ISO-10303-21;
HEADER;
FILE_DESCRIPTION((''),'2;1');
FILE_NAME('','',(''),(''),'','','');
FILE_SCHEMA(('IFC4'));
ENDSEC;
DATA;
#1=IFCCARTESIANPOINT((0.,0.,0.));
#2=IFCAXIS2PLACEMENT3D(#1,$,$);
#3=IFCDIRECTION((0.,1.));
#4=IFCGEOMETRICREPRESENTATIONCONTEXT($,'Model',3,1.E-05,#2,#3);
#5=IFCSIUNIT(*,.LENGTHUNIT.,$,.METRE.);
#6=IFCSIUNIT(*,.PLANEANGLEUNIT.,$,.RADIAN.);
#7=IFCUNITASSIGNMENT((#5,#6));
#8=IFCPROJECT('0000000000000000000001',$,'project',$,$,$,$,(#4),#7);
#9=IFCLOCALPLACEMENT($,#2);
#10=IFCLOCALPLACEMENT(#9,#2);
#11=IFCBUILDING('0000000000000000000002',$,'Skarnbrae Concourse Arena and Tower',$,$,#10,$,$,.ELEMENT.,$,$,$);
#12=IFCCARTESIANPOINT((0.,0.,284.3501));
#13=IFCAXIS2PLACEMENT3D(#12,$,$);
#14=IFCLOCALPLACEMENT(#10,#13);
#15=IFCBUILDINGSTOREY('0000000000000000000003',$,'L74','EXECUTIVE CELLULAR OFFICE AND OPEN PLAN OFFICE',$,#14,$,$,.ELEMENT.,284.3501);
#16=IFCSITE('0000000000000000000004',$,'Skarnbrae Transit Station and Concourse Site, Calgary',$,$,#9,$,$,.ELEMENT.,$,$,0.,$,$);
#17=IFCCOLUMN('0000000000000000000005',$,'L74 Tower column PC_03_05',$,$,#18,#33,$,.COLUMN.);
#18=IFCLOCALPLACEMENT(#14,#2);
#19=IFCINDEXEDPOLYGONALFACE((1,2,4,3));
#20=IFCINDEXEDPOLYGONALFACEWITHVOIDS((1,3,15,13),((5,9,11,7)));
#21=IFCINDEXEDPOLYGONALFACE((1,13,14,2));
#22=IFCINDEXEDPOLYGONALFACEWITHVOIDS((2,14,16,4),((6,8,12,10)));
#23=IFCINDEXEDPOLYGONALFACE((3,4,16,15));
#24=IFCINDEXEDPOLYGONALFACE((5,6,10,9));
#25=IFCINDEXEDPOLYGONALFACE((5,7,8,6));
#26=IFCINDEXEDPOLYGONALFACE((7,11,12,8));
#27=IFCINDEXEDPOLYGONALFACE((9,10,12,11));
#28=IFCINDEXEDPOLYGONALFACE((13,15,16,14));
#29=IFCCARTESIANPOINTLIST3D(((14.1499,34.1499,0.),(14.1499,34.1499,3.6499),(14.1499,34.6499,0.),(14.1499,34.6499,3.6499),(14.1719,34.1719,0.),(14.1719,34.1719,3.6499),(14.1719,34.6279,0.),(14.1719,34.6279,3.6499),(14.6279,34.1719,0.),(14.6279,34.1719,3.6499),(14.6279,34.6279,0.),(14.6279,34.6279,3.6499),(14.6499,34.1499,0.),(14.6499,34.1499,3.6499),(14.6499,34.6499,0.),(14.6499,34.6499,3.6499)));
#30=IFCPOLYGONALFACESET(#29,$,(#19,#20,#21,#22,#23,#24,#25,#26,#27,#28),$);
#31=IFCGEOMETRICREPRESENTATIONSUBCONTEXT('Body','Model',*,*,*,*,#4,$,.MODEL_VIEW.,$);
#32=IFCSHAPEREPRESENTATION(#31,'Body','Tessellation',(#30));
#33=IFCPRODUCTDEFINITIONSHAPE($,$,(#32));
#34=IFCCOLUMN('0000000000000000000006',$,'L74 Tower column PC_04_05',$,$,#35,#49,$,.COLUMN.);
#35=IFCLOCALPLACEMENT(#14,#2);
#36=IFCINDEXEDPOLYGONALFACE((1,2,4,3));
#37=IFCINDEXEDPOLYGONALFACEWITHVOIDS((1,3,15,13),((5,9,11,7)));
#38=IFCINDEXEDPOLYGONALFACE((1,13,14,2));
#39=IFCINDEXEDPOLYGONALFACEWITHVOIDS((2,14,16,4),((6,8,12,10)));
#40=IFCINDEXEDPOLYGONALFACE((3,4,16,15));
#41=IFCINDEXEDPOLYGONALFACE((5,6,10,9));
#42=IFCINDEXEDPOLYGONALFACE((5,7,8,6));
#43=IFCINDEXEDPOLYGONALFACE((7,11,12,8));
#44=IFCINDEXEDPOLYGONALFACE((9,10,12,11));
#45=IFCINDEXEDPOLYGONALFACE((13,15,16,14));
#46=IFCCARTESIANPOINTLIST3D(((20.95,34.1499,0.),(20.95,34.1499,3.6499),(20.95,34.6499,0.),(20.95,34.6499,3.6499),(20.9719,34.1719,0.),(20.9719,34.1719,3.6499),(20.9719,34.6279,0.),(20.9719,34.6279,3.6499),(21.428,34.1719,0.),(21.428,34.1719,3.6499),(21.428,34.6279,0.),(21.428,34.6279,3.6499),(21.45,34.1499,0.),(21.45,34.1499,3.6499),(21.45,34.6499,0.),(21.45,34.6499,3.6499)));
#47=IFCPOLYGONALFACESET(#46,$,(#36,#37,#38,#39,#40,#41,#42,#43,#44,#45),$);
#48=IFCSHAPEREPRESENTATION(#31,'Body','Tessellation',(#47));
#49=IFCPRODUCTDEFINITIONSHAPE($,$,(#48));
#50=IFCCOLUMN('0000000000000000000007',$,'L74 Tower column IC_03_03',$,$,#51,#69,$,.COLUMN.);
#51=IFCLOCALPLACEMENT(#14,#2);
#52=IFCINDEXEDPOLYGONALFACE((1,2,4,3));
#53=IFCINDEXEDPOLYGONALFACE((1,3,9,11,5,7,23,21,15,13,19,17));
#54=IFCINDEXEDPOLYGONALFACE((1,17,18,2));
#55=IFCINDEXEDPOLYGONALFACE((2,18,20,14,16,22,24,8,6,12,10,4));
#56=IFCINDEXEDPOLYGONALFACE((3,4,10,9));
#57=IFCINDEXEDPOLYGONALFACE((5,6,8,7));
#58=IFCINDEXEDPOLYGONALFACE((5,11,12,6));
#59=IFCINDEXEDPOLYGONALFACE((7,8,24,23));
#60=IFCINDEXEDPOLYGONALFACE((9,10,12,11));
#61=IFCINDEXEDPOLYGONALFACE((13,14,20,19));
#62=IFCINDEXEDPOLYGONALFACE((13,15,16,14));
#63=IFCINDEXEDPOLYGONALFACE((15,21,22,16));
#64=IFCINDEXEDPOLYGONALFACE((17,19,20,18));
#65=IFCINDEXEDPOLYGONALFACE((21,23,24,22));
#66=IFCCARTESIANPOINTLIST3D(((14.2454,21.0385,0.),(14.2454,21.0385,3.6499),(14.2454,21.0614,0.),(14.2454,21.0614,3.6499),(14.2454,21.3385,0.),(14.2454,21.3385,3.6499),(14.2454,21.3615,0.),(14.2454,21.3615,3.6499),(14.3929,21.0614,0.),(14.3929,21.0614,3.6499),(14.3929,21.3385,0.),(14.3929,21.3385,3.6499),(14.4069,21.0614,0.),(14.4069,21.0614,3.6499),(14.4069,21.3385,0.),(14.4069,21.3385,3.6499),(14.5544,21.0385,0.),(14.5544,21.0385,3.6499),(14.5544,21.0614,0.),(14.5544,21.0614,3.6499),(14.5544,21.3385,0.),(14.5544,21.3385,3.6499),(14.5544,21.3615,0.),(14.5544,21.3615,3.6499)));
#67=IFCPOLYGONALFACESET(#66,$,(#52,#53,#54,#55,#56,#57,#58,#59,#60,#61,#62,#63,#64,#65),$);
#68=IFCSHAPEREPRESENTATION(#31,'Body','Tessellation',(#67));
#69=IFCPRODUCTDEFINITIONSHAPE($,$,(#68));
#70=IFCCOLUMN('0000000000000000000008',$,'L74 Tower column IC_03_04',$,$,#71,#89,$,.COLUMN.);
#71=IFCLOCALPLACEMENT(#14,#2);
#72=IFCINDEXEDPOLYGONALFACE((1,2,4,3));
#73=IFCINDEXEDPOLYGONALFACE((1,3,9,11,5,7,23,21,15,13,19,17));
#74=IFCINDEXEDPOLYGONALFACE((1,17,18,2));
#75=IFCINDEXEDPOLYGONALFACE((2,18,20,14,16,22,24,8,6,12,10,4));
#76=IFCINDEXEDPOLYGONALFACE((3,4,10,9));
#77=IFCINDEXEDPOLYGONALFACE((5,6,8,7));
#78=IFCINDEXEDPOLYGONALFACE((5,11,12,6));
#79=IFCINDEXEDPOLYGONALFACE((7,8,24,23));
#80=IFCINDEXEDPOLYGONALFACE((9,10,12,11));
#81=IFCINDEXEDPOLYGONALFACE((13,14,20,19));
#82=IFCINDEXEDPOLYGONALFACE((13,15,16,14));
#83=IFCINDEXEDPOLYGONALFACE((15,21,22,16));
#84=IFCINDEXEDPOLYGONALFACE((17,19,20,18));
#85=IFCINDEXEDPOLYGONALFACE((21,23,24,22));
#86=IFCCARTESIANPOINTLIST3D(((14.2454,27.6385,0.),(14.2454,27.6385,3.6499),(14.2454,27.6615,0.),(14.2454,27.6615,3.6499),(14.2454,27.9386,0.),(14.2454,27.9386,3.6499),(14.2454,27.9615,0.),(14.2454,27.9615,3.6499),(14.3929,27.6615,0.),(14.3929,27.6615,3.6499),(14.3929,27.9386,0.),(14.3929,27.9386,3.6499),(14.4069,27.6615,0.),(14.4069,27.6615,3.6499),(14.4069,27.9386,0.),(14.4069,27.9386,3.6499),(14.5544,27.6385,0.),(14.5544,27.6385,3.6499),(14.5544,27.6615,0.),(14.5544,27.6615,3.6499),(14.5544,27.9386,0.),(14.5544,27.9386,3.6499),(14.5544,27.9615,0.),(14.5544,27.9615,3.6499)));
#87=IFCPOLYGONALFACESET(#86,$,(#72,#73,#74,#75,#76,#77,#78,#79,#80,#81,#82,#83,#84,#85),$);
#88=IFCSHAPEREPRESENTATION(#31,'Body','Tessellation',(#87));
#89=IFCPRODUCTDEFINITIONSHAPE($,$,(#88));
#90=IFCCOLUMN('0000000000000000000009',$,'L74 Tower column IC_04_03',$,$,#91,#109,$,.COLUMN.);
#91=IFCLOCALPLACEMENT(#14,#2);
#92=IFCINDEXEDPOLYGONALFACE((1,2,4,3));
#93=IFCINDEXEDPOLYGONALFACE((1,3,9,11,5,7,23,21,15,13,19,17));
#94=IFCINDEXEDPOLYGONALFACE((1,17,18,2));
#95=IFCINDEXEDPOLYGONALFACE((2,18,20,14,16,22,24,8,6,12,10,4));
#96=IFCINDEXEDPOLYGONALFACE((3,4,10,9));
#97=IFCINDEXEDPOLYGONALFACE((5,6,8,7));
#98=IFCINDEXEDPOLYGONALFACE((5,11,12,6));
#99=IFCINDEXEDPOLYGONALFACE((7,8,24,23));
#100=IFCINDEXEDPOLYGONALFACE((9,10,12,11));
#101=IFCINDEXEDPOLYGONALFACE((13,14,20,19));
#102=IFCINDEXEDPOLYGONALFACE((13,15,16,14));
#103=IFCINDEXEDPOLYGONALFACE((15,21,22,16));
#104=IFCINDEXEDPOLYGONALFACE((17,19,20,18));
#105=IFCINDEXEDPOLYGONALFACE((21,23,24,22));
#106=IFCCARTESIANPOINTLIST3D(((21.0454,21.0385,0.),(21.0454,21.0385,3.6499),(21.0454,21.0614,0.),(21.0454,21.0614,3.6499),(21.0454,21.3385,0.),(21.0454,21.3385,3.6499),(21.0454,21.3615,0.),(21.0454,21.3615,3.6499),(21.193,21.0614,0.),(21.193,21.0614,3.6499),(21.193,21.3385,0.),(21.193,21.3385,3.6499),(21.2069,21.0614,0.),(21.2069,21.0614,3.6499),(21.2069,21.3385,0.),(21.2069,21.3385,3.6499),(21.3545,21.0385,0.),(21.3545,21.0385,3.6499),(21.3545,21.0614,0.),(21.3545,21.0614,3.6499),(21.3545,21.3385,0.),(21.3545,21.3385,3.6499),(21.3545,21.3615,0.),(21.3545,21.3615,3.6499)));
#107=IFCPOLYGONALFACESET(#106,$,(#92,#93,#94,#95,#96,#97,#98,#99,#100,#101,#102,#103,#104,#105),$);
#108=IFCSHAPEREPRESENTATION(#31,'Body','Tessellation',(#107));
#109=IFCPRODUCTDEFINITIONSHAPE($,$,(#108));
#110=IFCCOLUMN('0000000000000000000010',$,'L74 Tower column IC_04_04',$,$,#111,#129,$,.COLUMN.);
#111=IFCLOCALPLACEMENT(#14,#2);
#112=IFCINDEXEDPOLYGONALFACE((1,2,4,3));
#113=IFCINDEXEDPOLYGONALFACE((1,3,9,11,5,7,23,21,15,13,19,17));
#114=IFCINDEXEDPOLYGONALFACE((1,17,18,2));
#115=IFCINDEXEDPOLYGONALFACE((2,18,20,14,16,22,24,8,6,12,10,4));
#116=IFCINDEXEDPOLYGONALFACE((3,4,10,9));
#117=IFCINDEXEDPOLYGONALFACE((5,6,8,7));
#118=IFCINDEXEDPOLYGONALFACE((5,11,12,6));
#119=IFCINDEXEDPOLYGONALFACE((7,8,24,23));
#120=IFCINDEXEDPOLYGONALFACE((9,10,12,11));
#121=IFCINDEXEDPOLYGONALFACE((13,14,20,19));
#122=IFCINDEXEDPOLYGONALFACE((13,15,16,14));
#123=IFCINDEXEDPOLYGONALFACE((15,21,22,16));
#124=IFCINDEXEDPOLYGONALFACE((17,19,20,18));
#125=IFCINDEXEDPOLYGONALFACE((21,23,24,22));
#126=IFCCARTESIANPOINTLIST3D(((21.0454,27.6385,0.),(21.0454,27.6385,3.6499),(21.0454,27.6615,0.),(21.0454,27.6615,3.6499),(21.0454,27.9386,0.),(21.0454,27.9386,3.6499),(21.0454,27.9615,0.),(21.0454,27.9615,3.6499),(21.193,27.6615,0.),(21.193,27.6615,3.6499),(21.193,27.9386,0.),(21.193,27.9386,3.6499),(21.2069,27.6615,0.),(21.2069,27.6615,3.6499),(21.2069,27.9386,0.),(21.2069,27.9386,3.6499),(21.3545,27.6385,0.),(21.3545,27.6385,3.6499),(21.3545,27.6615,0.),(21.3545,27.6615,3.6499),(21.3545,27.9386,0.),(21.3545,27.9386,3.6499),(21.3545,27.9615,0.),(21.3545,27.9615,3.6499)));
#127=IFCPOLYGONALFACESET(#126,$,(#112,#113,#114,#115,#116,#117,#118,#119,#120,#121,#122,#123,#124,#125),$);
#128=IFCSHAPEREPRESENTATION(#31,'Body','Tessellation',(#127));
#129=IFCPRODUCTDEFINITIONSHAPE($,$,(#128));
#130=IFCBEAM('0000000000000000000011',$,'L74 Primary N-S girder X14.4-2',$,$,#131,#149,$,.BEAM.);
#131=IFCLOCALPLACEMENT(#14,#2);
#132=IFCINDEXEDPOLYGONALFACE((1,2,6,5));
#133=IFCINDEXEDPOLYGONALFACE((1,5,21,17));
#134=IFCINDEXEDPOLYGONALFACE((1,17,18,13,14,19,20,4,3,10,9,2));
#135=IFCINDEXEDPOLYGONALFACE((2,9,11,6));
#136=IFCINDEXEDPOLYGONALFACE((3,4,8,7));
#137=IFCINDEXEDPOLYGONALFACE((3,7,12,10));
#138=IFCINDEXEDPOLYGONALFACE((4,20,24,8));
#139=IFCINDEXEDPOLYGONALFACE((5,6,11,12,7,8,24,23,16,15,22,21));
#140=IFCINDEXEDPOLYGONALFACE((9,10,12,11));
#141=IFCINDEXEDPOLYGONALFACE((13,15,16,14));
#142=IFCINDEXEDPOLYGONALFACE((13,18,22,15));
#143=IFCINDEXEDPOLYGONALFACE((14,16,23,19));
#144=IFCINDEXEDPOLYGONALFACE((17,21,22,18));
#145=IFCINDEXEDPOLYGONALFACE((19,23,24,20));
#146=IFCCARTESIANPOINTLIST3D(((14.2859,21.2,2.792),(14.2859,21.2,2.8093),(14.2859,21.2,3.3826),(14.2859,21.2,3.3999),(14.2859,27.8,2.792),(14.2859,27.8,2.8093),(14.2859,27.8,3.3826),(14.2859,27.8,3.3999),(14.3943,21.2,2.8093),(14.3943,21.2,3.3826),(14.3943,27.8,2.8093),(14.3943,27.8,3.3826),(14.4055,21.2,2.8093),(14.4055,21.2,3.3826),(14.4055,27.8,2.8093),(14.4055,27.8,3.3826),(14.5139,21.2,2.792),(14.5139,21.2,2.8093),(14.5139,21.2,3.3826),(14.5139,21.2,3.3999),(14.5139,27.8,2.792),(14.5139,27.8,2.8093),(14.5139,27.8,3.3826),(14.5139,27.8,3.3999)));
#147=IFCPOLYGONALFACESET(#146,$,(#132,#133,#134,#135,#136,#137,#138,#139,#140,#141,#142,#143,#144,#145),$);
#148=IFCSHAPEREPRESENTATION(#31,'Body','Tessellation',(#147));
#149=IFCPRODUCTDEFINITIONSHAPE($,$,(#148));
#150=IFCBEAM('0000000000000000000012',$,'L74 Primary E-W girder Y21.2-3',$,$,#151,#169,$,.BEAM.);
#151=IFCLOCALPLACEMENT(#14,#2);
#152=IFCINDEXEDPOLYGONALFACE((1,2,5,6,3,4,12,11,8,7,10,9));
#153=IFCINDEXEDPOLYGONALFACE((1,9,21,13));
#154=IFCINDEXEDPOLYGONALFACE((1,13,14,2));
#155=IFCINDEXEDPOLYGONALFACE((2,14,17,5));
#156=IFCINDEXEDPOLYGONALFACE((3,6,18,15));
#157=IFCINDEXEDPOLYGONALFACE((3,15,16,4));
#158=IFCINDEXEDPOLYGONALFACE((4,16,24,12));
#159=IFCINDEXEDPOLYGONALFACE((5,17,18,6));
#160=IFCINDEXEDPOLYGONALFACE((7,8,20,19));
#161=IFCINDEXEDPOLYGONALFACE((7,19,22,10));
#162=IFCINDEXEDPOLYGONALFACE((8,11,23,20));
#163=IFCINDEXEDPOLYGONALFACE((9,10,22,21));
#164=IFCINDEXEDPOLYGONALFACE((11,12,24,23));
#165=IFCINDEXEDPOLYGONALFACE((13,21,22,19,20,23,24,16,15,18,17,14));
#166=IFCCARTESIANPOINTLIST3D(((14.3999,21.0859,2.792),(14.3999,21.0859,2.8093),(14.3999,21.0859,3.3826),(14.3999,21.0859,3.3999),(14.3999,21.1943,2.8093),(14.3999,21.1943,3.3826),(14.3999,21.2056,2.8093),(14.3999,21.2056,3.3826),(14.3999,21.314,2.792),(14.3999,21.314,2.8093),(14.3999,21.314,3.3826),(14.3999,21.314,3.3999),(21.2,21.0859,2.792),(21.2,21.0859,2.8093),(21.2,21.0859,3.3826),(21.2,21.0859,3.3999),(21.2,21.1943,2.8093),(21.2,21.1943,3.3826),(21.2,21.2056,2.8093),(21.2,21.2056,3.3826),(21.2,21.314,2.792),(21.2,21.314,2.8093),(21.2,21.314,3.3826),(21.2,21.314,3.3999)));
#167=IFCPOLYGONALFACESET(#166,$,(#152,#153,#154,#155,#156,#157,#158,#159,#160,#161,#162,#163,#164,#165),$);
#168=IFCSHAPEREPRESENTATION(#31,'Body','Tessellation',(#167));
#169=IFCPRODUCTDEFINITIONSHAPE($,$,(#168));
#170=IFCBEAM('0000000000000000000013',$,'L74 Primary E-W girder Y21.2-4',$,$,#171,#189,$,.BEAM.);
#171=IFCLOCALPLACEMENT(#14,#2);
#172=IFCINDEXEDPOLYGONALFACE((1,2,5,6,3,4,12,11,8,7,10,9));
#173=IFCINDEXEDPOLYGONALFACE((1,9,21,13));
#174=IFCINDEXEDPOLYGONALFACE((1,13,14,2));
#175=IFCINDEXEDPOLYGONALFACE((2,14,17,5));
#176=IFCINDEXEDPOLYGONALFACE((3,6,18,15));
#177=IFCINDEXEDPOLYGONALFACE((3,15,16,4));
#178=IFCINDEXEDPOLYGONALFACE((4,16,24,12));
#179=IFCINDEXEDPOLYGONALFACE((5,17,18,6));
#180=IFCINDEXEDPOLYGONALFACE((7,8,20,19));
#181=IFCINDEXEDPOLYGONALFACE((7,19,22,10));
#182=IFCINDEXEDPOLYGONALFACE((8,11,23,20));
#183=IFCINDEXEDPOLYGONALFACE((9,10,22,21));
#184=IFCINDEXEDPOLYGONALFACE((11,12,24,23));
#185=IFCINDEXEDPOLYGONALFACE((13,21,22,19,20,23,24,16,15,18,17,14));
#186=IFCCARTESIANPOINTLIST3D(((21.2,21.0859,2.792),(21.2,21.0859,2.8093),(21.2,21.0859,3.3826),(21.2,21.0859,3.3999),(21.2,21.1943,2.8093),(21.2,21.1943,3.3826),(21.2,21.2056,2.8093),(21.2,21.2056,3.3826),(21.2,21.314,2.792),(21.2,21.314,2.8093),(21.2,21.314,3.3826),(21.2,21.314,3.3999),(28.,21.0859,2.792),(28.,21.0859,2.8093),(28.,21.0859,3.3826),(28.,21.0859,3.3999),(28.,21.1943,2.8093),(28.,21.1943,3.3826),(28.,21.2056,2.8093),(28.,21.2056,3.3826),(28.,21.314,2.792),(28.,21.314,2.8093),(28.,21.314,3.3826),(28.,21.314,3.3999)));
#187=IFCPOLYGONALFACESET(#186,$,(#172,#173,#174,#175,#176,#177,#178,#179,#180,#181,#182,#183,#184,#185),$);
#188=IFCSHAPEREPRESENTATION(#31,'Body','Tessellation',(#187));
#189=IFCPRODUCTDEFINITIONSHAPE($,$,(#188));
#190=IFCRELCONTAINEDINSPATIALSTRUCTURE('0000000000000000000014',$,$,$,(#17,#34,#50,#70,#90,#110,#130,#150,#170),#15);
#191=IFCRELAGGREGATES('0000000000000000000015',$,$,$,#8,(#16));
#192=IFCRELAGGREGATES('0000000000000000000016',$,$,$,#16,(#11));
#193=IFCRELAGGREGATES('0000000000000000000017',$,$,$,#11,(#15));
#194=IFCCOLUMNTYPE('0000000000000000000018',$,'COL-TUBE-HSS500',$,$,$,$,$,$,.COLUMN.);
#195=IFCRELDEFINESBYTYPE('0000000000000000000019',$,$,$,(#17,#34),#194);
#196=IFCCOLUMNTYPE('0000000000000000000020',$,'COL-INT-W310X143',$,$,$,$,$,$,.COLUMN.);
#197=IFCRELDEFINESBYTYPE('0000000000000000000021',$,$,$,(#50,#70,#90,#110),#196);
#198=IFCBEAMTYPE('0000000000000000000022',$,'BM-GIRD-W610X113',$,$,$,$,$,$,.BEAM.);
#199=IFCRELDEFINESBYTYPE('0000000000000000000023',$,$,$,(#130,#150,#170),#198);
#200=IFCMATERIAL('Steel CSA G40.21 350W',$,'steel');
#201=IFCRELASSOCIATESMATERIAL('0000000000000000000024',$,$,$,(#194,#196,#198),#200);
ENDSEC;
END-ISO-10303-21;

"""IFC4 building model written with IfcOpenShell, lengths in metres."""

from ifc_helpers import new_model, si_unit, direction, frame, origin, origin_2d, place, context, subcontext, project, spatial, hollow_rectangle, i_section, extrude, source, transform, mapped, material, material_profile, profile_set, type_object, element, save


model = new_model("IFC4")

# Units and contexts
model_context = context("Model", 3, precision=1e-05, world=origin(), true_north=direction((0.0, 1.0)))
body_context = subcontext(model_context, "Body", "Model", "MODEL_VIEW")
ifc_project = project(units=[si_unit("LENGTHUNIT", "METRE"), si_unit("PLANEANGLEUNIT", "RADIAN")], contexts=[model_context])

# Site, building, storey
site_placement = place(None, origin())
site = spatial("IfcSite", under=ifc_project, at=site_placement, Name="Skarnbrae Transit Station and Concourse Site, Calgary", CompositionType="ELEMENT", RefElevation=0.0)
building_placement = place(site_placement, origin())
building = spatial("IfcBuilding", under=site, at=building_placement, Name="Skarnbrae Concourse Arena and Tower", CompositionType="ELEMENT")
storey_placement = place(building_placement, frame((0.0, 0.0, 284.3501)))
storey = spatial("IfcBuildingStorey", under=building, at=storey_placement, Name="L74", Description="EXECUTIVE CELLULAR OFFICE AND OPEN PLAN OFFICE", CompositionType="ELEMENT", Elevation=284.3501)

# Columns
ifc_material_1 = material(Name="Steel CSA G40.21 350W", Category="steel")
ifc_material_profile_1 = material_profile(ifc_material_1, hollow_rectangle(XDim=0.5, YDim=0.5, WallThickness=0.022, at=origin_2d()), Name="HSS500X500X22.0")
ifc_profile_set_1 = profile_set([ifc_material_profile_1], Name="Steel CSA G40.21 350W")
column_type_1 = type_object("IfcColumnType", Name="COL-TUBE-HSS500", PredefinedType="COLUMN", material=ifc_profile_set_1)
shared_shape_1 = source(origin(), body_context, "Body", "SweptSolid", [
    extrude(hollow_rectangle(XDim=0.5, YDim=0.5, WallThickness=0.022, at=origin_2d()), origin(), (0.0, 0.0, 1.0), 3.6499),
])
for number, where, z_axis, x_axis, name in (
    (1, (14.3999, 34.3999, 0.0), (0.0, 0.0, 1.0), (1.0, 0.0, 0.0), "L74 Tower column PC_03_05"),
    (2, (21.2, 34.3999, 0.0), (0.0, 0.0, 1.0), (1.0, 0.0, 0.0), "L74 Tower column PC_04_05"),
):
    element("IfcColumn", number, at=place(storey_placement, frame(where, z_axis=z_axis, x_axis=x_axis)), inside=storey, type_object=column_type_1, Name=name, PredefinedType="COLUMN", context=body_context, shape_type="MappedRepresentation", body=[
        mapped(shared_shape_1, transform((0.0, 0.0, 0.0))),
    ])
ifc_material_profile_2 = material_profile(ifc_material_1, i_section(OverallWidth=0.3091, OverallDepth=0.323, WebThickness=0.0139, FlangeThickness=0.0229, at=origin_2d()), Name="W310X143")
ifc_profile_set_2 = profile_set([ifc_material_profile_2], Name="Steel CSA G40.21 350W")
column_type_2 = type_object("IfcColumnType", Name="COL-INT-W310X143", PredefinedType="COLUMN", material=ifc_profile_set_2)
shared_shape_2 = source(origin(), body_context, "Body", "SweptSolid", [
    extrude(i_section(OverallWidth=0.3091, OverallDepth=0.323, WebThickness=0.0139, FlangeThickness=0.0229, at=origin_2d()), origin(), (0.0, 0.0, 1.0), 3.6499),
])
for number, where, z_axis, x_axis, name in (
    (3, (14.3999, 21.2, 0.0), (0.0, 0.0, 1.0), (1.0, 0.0, 0.0), "L74 Tower column IC_03_03"),
    (4, (14.3999, 27.8, 0.0), (0.0, 0.0, 1.0), (1.0, 0.0, 0.0), "L74 Tower column IC_03_04"),
    (5, (21.2, 21.2, 0.0), (0.0, 0.0, 1.0), (1.0, 0.0, 0.0), "L74 Tower column IC_04_03"),
    (6, (21.2, 27.8, 0.0), (0.0, 0.0, 1.0), (1.0, 0.0, 0.0), "L74 Tower column IC_04_04"),
):
    element("IfcColumn", number, at=place(storey_placement, frame(where, z_axis=z_axis, x_axis=x_axis)), inside=storey, type_object=column_type_2, Name=name, PredefinedType="COLUMN", context=body_context, shape_type="MappedRepresentation", body=[
        mapped(shared_shape_2, transform((0.0, 0.0, 0.0))),
    ])

# Beams
ifc_material_profile_3 = material_profile(ifc_material_1, i_section(OverallWidth=0.228, OverallDepth=0.6079, WebThickness=0.0112, FlangeThickness=0.0173, at=origin_2d()), Name="W610X113")
ifc_profile_set_3 = profile_set([ifc_material_profile_3], Name="Steel CSA G40.21 350W")
beam_type_1 = type_object("IfcBeamType", Name="BM-GIRD-W610X113", PredefinedType="BEAM", material=ifc_profile_set_3)
shared_shape_3 = source(origin(), body_context, "Body", "SweptSolid", [
    extrude(i_section(OverallWidth=0.228, OverallDepth=0.6079, WebThickness=0.0112, FlangeThickness=0.0173, at=origin_2d()), origin(), (0.0, 0.0, 1.0), 6.6001),
])
beam_1_placement = place(storey_placement, frame((14.3999, 21.2, 3.0959), z_axis=(0.0, 1.0, 0.0), x_axis=(-1.0, 0.0, 0.0)))
element("IfcBeam", 7, at=beam_1_placement, inside=storey, type_object=beam_type_1, Name="L74 Primary N-S girder X14.4-2", PredefinedType="BEAM", context=body_context, shape_type="MappedRepresentation", body=[
    mapped(shared_shape_3, transform((0.0, 0.0, 0.0))),
])
shared_shape_4 = source(origin(), body_context, "Body", "SweptSolid", [
    extrude(i_section(OverallWidth=0.228, OverallDepth=0.6079, WebThickness=0.0112, FlangeThickness=0.0173, at=origin_2d()), origin(), (0.0, 0.0, 1.0), 6.8),
])
for number, where, z_axis, x_axis, name in (
    (8, (14.3999, 21.2, 3.0959), (1.0, 0.0, 0.0), (0.0, 1.0, 0.0), "L74 Primary E-W girder Y21.2-3"),
    (9, (21.2, 21.2, 3.0959), (1.0, 0.0, 0.0), (0.0, 1.0, 0.0), "L74 Primary E-W girder Y21.2-4"),
):
    element("IfcBeam", number, at=place(storey_placement, frame(where, z_axis=z_axis, x_axis=x_axis)), inside=storey, type_object=beam_type_1, Name=name, PredefinedType="BEAM", context=body_context, shape_type="MappedRepresentation", body=[
        mapped(shared_shape_4, transform((0.0, 0.0, 0.0))),
    ])

save(model, "model.ifc")
